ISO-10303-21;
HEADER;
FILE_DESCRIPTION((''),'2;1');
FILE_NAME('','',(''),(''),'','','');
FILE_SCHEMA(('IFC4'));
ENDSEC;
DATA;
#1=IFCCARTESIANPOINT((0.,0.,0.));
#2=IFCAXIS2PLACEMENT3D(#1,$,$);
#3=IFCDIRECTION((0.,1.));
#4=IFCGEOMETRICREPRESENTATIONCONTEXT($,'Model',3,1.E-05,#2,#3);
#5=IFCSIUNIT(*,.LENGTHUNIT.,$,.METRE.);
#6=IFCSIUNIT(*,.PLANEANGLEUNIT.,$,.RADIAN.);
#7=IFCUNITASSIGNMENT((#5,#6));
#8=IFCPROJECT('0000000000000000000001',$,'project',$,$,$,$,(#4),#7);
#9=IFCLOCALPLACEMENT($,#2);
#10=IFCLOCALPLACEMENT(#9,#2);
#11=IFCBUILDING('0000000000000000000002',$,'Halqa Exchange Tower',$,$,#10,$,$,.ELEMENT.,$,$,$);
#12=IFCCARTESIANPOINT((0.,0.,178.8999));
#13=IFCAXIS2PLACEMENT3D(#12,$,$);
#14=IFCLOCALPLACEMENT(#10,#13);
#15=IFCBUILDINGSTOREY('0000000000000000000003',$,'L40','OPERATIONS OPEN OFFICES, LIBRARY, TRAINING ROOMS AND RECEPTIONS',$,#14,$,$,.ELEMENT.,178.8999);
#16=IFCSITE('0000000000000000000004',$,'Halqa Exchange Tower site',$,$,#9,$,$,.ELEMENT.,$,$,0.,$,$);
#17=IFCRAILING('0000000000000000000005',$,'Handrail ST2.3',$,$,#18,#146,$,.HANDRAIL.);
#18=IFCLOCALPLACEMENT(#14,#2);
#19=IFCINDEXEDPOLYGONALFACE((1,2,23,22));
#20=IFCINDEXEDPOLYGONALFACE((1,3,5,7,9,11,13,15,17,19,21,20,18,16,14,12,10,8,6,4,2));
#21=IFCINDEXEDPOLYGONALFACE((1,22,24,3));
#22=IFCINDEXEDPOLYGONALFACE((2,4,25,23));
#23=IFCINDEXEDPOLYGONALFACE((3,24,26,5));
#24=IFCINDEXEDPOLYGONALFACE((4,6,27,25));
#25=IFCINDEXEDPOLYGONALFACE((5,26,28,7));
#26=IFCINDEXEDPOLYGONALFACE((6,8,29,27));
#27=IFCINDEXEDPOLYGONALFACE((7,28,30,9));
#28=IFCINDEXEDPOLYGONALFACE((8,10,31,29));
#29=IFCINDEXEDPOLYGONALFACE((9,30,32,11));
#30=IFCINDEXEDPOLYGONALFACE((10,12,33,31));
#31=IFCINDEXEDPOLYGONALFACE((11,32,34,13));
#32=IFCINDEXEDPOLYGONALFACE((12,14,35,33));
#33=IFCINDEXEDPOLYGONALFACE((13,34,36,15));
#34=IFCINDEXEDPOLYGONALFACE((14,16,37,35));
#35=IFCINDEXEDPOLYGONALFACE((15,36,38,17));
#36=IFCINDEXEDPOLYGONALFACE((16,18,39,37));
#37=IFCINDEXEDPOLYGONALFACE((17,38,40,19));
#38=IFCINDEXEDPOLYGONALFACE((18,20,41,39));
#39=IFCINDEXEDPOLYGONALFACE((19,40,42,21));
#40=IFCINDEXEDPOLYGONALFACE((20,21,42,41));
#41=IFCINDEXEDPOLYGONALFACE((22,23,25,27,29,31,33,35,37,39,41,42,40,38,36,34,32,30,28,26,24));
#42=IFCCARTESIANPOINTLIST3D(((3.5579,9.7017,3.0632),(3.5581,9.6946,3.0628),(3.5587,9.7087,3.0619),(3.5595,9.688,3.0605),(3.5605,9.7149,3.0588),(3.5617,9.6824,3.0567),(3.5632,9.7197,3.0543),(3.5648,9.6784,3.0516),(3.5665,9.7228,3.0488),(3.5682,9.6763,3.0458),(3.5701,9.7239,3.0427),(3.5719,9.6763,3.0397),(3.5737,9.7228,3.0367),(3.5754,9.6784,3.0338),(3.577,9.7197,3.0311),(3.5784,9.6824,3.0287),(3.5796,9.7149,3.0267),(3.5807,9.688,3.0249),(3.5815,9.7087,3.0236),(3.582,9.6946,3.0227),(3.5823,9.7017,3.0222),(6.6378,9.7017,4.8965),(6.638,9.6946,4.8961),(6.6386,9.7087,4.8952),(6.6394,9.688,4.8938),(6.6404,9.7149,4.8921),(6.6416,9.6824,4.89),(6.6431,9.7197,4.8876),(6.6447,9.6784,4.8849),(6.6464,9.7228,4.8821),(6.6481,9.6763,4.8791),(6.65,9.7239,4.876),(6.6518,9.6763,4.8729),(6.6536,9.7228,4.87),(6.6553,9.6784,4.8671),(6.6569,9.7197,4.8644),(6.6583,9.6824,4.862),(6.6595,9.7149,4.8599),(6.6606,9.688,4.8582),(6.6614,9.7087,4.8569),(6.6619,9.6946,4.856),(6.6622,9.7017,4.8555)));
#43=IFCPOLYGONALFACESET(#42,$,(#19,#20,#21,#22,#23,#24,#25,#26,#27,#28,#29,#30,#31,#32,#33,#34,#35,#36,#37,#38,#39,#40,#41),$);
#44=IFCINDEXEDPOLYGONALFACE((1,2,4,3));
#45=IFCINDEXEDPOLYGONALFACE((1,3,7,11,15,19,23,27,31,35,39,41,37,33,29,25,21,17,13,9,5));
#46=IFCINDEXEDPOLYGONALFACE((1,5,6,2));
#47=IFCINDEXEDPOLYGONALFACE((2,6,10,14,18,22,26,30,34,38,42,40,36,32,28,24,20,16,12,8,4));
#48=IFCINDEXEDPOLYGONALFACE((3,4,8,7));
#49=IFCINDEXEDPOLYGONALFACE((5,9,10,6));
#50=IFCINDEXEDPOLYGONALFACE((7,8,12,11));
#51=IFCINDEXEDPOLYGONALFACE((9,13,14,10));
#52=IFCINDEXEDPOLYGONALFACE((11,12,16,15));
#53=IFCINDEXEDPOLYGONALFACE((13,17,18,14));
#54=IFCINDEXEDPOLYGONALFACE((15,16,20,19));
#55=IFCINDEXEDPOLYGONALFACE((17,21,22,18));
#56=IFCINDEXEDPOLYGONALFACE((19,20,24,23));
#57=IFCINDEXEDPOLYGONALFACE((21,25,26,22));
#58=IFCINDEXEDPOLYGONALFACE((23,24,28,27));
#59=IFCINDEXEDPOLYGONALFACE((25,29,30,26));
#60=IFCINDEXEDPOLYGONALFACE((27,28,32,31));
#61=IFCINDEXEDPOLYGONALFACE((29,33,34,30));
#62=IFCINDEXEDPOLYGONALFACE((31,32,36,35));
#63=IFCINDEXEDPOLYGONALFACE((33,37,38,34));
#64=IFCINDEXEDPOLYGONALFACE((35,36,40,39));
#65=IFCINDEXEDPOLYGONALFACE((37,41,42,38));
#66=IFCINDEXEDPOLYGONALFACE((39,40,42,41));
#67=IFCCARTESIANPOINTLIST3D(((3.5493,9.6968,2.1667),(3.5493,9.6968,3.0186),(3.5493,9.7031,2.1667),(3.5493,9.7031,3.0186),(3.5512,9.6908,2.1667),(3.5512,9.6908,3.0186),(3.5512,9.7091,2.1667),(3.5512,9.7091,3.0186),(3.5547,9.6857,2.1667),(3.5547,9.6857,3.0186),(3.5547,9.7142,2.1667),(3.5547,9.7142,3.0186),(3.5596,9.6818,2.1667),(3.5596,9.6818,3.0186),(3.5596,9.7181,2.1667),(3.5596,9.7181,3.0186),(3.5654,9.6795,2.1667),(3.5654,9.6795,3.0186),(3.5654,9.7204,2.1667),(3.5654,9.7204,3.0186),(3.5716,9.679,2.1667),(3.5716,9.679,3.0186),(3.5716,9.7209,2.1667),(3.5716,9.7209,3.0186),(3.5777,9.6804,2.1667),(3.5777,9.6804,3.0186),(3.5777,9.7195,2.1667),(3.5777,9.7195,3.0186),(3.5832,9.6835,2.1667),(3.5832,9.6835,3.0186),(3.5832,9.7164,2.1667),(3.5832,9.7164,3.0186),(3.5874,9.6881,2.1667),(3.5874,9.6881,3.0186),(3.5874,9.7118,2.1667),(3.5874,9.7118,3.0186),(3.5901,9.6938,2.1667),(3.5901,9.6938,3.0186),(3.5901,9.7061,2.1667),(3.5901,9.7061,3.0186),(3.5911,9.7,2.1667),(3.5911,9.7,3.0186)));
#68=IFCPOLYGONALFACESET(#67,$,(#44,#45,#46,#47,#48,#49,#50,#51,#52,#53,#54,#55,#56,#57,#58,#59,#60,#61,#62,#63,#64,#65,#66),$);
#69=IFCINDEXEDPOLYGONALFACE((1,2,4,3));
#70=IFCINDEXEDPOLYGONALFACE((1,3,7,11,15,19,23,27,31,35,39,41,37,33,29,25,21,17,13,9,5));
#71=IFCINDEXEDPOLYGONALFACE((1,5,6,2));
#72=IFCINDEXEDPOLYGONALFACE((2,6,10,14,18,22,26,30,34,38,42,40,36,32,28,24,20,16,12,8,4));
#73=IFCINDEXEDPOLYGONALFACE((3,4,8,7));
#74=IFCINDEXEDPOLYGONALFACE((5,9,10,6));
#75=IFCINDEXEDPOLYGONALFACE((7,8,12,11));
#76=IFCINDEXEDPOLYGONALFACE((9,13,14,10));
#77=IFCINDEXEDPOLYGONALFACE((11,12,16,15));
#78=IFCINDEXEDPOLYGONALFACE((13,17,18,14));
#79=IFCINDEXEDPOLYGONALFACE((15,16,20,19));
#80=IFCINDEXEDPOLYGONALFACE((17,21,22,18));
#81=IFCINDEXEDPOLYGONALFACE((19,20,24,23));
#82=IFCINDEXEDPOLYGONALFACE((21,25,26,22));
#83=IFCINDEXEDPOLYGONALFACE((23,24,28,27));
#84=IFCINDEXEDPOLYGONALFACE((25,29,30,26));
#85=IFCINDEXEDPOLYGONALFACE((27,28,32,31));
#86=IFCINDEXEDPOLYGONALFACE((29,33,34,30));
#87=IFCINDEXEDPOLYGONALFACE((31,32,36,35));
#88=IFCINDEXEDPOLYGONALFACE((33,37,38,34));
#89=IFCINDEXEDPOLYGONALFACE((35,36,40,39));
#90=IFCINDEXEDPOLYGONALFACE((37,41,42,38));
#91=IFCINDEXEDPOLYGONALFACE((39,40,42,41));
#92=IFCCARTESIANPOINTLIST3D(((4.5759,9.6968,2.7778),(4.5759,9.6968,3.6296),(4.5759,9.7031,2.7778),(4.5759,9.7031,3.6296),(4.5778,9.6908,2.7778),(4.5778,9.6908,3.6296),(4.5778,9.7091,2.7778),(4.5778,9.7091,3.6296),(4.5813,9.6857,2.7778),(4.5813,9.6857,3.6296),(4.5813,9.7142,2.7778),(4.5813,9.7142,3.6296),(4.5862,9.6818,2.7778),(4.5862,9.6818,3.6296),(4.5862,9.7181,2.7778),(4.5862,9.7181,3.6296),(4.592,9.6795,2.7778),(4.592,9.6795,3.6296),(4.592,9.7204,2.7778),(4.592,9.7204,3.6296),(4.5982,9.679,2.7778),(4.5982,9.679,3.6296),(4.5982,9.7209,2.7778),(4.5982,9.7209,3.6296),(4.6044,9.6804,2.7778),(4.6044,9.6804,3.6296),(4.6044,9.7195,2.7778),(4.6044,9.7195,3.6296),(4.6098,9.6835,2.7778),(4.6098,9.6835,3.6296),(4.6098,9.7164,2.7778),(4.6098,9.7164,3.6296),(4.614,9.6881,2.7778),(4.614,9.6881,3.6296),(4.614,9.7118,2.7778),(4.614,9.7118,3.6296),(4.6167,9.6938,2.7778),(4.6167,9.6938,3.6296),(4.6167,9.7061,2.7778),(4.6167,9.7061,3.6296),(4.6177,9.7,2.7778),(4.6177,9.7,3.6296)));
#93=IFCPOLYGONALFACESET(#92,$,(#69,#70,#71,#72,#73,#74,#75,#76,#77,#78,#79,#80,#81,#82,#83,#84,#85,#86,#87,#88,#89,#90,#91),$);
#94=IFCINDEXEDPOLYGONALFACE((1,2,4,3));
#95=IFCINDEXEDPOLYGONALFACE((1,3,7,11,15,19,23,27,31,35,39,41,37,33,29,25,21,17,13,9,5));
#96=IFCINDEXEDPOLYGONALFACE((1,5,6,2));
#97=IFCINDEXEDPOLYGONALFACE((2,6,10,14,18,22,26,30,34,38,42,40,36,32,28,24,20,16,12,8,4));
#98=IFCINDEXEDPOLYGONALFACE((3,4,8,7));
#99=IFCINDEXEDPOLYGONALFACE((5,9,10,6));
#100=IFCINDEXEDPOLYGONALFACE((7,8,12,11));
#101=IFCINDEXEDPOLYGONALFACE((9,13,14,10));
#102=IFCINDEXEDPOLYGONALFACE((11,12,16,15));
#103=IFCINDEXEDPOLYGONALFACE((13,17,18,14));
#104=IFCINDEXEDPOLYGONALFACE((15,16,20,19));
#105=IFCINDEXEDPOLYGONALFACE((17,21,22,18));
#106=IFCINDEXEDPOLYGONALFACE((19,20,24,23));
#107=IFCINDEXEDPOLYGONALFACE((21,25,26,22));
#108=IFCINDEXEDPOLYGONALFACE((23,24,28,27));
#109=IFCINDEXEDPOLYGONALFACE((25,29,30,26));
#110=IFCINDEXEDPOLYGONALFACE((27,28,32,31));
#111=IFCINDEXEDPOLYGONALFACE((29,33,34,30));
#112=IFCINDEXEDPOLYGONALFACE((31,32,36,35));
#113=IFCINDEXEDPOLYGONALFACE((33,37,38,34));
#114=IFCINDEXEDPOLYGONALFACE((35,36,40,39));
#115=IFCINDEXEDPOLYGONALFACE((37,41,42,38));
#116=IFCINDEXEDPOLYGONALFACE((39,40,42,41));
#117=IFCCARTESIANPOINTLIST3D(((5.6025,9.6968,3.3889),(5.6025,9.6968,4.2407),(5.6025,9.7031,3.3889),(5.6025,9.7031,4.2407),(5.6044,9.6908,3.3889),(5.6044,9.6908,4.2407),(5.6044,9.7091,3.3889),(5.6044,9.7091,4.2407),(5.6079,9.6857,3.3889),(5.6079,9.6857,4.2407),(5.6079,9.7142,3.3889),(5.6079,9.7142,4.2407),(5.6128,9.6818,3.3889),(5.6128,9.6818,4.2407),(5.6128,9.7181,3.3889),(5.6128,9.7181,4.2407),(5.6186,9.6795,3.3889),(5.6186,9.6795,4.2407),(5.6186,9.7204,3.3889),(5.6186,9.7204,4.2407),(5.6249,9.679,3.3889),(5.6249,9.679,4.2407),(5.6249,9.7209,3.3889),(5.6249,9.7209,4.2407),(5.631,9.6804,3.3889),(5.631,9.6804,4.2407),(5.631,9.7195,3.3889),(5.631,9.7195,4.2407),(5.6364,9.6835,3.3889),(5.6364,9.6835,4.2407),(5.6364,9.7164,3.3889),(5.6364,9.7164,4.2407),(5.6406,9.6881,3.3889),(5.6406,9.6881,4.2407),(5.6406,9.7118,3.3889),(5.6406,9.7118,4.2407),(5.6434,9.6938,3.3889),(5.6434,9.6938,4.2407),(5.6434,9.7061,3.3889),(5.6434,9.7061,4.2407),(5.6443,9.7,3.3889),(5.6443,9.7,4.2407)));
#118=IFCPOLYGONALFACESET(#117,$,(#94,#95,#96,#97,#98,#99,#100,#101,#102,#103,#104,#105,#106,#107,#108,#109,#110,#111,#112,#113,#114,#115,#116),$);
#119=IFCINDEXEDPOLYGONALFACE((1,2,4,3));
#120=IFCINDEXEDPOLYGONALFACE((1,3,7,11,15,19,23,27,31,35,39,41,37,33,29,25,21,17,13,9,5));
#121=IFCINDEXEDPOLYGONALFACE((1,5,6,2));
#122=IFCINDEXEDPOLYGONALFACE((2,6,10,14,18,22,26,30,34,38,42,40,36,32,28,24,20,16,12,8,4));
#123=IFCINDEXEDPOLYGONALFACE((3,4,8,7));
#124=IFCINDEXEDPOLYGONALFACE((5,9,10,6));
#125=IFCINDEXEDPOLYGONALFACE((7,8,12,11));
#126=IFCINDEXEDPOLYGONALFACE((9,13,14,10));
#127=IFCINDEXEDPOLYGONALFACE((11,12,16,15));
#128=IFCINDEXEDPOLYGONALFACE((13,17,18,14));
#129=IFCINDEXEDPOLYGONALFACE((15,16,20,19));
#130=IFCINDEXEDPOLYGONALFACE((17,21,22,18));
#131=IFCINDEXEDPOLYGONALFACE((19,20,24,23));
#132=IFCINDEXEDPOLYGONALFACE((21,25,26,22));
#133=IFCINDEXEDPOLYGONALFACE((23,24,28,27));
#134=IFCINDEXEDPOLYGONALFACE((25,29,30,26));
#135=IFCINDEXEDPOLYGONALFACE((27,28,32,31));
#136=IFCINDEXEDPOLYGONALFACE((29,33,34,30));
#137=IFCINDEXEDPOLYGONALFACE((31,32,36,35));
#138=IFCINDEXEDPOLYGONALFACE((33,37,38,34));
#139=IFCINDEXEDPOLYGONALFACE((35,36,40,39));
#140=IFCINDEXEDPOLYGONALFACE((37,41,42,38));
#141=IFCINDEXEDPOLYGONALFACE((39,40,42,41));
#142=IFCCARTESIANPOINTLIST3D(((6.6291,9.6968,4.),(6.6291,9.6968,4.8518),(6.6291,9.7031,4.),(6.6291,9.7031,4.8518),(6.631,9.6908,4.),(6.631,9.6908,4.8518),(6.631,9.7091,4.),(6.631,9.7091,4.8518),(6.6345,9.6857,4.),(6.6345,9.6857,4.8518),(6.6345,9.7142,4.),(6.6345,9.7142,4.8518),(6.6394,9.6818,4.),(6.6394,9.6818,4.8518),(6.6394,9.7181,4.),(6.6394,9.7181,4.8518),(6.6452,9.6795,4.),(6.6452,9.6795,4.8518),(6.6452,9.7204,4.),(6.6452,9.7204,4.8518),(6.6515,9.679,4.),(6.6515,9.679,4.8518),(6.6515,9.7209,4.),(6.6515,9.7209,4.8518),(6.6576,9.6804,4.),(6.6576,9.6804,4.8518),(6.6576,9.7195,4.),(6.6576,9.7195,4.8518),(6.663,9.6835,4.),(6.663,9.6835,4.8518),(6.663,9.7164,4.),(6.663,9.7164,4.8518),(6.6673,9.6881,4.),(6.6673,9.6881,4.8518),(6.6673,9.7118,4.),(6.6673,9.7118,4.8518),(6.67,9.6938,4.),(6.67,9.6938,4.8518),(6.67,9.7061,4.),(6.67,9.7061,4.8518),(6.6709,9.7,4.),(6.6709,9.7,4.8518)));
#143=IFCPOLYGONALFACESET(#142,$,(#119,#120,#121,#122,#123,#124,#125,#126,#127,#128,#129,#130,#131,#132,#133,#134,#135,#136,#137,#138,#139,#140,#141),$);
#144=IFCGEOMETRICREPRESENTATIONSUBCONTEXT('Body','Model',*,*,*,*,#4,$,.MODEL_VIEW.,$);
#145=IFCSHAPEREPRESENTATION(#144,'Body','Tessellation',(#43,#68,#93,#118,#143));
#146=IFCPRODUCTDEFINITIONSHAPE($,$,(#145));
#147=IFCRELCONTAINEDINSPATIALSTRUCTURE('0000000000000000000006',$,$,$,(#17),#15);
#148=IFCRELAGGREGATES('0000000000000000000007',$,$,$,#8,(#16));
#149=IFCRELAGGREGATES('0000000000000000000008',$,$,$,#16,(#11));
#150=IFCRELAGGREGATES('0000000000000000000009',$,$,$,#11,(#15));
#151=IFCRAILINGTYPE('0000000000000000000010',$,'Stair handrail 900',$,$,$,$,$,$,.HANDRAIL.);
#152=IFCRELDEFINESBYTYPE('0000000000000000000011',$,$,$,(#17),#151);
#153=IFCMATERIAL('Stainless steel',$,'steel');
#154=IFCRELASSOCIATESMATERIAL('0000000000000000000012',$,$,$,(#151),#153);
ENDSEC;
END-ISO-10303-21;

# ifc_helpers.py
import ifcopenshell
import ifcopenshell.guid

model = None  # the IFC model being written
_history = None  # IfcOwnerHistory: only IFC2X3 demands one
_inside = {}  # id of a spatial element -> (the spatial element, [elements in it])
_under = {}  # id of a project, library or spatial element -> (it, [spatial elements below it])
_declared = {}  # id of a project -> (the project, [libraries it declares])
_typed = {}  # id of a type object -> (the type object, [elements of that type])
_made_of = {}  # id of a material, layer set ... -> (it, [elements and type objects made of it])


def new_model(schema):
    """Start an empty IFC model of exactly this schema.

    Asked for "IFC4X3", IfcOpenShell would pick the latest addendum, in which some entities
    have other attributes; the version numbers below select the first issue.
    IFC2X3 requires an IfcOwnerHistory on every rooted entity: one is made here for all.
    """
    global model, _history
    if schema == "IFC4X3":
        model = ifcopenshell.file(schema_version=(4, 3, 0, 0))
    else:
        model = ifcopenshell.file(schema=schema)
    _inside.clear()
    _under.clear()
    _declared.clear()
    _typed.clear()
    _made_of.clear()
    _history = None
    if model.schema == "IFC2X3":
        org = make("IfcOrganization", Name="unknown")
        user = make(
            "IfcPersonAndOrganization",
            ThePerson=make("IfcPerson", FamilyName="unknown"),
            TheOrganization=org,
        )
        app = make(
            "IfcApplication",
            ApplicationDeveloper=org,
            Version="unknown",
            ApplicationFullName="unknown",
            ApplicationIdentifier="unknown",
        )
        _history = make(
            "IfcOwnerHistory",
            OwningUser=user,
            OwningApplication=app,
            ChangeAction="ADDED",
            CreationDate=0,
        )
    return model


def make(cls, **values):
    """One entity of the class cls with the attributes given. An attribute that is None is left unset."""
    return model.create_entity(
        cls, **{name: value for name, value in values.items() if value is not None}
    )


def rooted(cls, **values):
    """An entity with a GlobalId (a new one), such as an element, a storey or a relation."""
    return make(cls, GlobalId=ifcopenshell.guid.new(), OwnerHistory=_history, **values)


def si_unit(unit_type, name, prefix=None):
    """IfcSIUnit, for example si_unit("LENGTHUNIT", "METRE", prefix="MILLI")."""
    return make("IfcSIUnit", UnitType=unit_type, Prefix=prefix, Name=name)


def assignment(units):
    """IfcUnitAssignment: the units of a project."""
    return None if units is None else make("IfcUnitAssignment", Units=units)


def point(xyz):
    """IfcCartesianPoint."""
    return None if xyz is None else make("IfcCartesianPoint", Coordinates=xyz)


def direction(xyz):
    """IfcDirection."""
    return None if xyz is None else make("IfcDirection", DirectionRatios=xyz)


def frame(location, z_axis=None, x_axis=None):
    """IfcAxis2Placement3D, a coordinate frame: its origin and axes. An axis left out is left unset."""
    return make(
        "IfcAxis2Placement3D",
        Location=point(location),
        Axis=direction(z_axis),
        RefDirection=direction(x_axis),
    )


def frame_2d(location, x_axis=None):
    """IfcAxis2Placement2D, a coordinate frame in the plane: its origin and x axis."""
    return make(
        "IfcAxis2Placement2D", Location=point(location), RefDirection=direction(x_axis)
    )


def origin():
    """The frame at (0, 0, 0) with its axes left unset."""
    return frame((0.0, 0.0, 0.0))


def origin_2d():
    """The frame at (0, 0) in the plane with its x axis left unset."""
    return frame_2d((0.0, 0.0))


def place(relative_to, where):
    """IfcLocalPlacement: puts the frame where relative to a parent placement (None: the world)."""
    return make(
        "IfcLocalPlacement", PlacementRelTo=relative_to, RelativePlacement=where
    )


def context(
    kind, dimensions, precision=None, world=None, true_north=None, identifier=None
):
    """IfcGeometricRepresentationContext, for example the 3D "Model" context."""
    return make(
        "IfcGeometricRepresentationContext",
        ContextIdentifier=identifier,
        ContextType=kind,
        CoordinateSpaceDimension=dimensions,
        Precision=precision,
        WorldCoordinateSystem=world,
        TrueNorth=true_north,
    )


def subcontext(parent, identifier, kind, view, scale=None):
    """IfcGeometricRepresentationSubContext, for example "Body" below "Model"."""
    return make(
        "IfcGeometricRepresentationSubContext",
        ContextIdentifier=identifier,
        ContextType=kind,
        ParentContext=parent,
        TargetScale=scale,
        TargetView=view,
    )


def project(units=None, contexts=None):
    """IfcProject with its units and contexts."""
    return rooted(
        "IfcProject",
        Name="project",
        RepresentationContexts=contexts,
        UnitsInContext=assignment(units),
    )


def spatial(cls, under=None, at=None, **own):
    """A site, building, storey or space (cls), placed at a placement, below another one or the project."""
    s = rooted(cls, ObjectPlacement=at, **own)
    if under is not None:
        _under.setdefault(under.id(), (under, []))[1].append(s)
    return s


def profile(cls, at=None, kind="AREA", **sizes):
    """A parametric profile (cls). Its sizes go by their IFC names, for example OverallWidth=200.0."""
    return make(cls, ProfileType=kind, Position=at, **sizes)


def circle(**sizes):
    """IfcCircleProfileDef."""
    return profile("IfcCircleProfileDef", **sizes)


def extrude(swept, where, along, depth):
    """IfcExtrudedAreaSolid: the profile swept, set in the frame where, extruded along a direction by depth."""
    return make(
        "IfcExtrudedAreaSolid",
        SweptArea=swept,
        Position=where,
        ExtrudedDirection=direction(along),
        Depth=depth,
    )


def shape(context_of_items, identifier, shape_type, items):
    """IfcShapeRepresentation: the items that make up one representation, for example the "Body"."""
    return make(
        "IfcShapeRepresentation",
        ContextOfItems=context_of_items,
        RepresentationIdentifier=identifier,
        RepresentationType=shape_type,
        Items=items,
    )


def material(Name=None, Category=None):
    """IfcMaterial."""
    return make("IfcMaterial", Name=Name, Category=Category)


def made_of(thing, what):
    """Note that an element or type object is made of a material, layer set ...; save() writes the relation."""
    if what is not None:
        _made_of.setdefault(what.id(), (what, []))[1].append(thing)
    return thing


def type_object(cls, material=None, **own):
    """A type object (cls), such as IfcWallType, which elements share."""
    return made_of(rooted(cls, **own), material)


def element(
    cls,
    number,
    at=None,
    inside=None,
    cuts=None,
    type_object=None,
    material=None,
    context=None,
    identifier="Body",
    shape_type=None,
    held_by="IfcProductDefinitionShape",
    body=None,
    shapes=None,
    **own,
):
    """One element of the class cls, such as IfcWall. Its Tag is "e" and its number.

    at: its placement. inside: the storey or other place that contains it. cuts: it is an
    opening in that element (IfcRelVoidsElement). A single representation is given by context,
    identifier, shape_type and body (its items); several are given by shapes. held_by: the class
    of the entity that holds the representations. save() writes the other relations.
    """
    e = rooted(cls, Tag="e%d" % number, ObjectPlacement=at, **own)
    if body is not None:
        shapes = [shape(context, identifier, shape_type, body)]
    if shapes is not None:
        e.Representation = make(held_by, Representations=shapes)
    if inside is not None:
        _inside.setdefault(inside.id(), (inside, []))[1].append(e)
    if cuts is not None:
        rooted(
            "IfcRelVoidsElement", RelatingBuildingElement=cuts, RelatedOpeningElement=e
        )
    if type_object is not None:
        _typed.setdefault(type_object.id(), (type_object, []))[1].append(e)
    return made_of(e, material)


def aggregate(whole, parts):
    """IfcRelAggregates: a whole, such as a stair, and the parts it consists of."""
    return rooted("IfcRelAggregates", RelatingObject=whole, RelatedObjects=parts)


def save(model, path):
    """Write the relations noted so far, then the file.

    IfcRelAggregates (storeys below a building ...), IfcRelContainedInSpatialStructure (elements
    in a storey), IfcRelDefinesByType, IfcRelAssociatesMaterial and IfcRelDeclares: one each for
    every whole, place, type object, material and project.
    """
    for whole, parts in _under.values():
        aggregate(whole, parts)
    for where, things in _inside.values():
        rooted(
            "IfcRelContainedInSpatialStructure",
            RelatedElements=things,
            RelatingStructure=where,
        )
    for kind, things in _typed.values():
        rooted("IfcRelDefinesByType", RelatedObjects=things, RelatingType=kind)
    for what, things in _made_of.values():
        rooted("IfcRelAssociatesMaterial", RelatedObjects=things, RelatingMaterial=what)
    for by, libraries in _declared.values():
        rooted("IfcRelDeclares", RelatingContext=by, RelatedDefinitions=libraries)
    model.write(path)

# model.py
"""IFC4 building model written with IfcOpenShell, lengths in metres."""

from ifc_helpers import new_model, si_unit, direction, frame, origin, origin_2d, place, context, subcontext, project, spatial, circle, extrude, material, type_object, element, save


model = new_model("IFC4")

# Units and contexts
model_context = context("Model", 3, precision=1e-05, world=origin(), true_north=direction((0.0, 1.0)))
body_context = subcontext(model_context, "Body", "Model", "MODEL_VIEW")
ifc_project = project(units=[si_unit("LENGTHUNIT", "METRE"), si_unit("PLANEANGLEUNIT", "RADIAN")], contexts=[model_context])

# Site, building, storey
site_placement = place(None, origin())
site = spatial("IfcSite", under=ifc_project, at=site_placement, Name="Halqa Exchange Tower site", CompositionType="ELEMENT", RefElevation=0.0)
building_placement = place(site_placement, origin())
building = spatial("IfcBuilding", under=site, at=building_placement, Name="Halqa Exchange Tower", CompositionType="ELEMENT")
storey_placement = place(building_placement, frame((0.0, 0.0, 178.8999)))
storey = spatial("IfcBuildingStorey", under=building, at=storey_placement, Name="L40", Description="OPERATIONS OPEN OFFICES, LIBRARY, TRAINING ROOMS AND RECEPTIONS", CompositionType="ELEMENT", Elevation=178.8999)

# Railing
ifc_material_1 = material(Name="Stainless steel", Category="steel")
railing_type_1 = type_object("IfcRailingType", Name="Stair handrail 900", PredefinedType="HANDRAIL", material=ifc_material_1)
railing_1_placement = place(storey_placement, frame((3.5701, 9.7, 2.1667)))
element("IfcRailing", 1, at=railing_1_placement, inside=storey, type_object=railing_type_1, Name="Handrail ST2.3", PredefinedType="HANDRAIL", context=body_context, shape_type="SweptSolid", body=[
    extrude(circle(Radius=0.0239, at=origin_2d()), frame((0.0, 0.0, 0.876), z_axis=(0.859291, 0.0, 0.511487), x_axis=(0.0, 1.0, 0.0)), (0.0, 0.0, 1.0), 3.5842),
    extrude(circle(Radius=0.021, at=origin_2d()), origin(), (0.0, 0.0, 1.0), 0.8518),
    extrude(circle(Radius=0.021, at=origin_2d()), frame((1.0266, 0.0, 0.6111)), (0.0, 0.0, 1.0), 0.8518),
    extrude(circle(Radius=0.021, at=origin_2d()), frame((2.0532, 0.0, 1.2222)), (0.0, 0.0, 1.0), 0.8518),
    extrude(circle(Radius=0.021, at=origin_2d()), frame((3.0798, 0.0, 1.8333)), (0.0, 0.0, 1.0), 0.8518),
])

save(model, "model.ifc")
